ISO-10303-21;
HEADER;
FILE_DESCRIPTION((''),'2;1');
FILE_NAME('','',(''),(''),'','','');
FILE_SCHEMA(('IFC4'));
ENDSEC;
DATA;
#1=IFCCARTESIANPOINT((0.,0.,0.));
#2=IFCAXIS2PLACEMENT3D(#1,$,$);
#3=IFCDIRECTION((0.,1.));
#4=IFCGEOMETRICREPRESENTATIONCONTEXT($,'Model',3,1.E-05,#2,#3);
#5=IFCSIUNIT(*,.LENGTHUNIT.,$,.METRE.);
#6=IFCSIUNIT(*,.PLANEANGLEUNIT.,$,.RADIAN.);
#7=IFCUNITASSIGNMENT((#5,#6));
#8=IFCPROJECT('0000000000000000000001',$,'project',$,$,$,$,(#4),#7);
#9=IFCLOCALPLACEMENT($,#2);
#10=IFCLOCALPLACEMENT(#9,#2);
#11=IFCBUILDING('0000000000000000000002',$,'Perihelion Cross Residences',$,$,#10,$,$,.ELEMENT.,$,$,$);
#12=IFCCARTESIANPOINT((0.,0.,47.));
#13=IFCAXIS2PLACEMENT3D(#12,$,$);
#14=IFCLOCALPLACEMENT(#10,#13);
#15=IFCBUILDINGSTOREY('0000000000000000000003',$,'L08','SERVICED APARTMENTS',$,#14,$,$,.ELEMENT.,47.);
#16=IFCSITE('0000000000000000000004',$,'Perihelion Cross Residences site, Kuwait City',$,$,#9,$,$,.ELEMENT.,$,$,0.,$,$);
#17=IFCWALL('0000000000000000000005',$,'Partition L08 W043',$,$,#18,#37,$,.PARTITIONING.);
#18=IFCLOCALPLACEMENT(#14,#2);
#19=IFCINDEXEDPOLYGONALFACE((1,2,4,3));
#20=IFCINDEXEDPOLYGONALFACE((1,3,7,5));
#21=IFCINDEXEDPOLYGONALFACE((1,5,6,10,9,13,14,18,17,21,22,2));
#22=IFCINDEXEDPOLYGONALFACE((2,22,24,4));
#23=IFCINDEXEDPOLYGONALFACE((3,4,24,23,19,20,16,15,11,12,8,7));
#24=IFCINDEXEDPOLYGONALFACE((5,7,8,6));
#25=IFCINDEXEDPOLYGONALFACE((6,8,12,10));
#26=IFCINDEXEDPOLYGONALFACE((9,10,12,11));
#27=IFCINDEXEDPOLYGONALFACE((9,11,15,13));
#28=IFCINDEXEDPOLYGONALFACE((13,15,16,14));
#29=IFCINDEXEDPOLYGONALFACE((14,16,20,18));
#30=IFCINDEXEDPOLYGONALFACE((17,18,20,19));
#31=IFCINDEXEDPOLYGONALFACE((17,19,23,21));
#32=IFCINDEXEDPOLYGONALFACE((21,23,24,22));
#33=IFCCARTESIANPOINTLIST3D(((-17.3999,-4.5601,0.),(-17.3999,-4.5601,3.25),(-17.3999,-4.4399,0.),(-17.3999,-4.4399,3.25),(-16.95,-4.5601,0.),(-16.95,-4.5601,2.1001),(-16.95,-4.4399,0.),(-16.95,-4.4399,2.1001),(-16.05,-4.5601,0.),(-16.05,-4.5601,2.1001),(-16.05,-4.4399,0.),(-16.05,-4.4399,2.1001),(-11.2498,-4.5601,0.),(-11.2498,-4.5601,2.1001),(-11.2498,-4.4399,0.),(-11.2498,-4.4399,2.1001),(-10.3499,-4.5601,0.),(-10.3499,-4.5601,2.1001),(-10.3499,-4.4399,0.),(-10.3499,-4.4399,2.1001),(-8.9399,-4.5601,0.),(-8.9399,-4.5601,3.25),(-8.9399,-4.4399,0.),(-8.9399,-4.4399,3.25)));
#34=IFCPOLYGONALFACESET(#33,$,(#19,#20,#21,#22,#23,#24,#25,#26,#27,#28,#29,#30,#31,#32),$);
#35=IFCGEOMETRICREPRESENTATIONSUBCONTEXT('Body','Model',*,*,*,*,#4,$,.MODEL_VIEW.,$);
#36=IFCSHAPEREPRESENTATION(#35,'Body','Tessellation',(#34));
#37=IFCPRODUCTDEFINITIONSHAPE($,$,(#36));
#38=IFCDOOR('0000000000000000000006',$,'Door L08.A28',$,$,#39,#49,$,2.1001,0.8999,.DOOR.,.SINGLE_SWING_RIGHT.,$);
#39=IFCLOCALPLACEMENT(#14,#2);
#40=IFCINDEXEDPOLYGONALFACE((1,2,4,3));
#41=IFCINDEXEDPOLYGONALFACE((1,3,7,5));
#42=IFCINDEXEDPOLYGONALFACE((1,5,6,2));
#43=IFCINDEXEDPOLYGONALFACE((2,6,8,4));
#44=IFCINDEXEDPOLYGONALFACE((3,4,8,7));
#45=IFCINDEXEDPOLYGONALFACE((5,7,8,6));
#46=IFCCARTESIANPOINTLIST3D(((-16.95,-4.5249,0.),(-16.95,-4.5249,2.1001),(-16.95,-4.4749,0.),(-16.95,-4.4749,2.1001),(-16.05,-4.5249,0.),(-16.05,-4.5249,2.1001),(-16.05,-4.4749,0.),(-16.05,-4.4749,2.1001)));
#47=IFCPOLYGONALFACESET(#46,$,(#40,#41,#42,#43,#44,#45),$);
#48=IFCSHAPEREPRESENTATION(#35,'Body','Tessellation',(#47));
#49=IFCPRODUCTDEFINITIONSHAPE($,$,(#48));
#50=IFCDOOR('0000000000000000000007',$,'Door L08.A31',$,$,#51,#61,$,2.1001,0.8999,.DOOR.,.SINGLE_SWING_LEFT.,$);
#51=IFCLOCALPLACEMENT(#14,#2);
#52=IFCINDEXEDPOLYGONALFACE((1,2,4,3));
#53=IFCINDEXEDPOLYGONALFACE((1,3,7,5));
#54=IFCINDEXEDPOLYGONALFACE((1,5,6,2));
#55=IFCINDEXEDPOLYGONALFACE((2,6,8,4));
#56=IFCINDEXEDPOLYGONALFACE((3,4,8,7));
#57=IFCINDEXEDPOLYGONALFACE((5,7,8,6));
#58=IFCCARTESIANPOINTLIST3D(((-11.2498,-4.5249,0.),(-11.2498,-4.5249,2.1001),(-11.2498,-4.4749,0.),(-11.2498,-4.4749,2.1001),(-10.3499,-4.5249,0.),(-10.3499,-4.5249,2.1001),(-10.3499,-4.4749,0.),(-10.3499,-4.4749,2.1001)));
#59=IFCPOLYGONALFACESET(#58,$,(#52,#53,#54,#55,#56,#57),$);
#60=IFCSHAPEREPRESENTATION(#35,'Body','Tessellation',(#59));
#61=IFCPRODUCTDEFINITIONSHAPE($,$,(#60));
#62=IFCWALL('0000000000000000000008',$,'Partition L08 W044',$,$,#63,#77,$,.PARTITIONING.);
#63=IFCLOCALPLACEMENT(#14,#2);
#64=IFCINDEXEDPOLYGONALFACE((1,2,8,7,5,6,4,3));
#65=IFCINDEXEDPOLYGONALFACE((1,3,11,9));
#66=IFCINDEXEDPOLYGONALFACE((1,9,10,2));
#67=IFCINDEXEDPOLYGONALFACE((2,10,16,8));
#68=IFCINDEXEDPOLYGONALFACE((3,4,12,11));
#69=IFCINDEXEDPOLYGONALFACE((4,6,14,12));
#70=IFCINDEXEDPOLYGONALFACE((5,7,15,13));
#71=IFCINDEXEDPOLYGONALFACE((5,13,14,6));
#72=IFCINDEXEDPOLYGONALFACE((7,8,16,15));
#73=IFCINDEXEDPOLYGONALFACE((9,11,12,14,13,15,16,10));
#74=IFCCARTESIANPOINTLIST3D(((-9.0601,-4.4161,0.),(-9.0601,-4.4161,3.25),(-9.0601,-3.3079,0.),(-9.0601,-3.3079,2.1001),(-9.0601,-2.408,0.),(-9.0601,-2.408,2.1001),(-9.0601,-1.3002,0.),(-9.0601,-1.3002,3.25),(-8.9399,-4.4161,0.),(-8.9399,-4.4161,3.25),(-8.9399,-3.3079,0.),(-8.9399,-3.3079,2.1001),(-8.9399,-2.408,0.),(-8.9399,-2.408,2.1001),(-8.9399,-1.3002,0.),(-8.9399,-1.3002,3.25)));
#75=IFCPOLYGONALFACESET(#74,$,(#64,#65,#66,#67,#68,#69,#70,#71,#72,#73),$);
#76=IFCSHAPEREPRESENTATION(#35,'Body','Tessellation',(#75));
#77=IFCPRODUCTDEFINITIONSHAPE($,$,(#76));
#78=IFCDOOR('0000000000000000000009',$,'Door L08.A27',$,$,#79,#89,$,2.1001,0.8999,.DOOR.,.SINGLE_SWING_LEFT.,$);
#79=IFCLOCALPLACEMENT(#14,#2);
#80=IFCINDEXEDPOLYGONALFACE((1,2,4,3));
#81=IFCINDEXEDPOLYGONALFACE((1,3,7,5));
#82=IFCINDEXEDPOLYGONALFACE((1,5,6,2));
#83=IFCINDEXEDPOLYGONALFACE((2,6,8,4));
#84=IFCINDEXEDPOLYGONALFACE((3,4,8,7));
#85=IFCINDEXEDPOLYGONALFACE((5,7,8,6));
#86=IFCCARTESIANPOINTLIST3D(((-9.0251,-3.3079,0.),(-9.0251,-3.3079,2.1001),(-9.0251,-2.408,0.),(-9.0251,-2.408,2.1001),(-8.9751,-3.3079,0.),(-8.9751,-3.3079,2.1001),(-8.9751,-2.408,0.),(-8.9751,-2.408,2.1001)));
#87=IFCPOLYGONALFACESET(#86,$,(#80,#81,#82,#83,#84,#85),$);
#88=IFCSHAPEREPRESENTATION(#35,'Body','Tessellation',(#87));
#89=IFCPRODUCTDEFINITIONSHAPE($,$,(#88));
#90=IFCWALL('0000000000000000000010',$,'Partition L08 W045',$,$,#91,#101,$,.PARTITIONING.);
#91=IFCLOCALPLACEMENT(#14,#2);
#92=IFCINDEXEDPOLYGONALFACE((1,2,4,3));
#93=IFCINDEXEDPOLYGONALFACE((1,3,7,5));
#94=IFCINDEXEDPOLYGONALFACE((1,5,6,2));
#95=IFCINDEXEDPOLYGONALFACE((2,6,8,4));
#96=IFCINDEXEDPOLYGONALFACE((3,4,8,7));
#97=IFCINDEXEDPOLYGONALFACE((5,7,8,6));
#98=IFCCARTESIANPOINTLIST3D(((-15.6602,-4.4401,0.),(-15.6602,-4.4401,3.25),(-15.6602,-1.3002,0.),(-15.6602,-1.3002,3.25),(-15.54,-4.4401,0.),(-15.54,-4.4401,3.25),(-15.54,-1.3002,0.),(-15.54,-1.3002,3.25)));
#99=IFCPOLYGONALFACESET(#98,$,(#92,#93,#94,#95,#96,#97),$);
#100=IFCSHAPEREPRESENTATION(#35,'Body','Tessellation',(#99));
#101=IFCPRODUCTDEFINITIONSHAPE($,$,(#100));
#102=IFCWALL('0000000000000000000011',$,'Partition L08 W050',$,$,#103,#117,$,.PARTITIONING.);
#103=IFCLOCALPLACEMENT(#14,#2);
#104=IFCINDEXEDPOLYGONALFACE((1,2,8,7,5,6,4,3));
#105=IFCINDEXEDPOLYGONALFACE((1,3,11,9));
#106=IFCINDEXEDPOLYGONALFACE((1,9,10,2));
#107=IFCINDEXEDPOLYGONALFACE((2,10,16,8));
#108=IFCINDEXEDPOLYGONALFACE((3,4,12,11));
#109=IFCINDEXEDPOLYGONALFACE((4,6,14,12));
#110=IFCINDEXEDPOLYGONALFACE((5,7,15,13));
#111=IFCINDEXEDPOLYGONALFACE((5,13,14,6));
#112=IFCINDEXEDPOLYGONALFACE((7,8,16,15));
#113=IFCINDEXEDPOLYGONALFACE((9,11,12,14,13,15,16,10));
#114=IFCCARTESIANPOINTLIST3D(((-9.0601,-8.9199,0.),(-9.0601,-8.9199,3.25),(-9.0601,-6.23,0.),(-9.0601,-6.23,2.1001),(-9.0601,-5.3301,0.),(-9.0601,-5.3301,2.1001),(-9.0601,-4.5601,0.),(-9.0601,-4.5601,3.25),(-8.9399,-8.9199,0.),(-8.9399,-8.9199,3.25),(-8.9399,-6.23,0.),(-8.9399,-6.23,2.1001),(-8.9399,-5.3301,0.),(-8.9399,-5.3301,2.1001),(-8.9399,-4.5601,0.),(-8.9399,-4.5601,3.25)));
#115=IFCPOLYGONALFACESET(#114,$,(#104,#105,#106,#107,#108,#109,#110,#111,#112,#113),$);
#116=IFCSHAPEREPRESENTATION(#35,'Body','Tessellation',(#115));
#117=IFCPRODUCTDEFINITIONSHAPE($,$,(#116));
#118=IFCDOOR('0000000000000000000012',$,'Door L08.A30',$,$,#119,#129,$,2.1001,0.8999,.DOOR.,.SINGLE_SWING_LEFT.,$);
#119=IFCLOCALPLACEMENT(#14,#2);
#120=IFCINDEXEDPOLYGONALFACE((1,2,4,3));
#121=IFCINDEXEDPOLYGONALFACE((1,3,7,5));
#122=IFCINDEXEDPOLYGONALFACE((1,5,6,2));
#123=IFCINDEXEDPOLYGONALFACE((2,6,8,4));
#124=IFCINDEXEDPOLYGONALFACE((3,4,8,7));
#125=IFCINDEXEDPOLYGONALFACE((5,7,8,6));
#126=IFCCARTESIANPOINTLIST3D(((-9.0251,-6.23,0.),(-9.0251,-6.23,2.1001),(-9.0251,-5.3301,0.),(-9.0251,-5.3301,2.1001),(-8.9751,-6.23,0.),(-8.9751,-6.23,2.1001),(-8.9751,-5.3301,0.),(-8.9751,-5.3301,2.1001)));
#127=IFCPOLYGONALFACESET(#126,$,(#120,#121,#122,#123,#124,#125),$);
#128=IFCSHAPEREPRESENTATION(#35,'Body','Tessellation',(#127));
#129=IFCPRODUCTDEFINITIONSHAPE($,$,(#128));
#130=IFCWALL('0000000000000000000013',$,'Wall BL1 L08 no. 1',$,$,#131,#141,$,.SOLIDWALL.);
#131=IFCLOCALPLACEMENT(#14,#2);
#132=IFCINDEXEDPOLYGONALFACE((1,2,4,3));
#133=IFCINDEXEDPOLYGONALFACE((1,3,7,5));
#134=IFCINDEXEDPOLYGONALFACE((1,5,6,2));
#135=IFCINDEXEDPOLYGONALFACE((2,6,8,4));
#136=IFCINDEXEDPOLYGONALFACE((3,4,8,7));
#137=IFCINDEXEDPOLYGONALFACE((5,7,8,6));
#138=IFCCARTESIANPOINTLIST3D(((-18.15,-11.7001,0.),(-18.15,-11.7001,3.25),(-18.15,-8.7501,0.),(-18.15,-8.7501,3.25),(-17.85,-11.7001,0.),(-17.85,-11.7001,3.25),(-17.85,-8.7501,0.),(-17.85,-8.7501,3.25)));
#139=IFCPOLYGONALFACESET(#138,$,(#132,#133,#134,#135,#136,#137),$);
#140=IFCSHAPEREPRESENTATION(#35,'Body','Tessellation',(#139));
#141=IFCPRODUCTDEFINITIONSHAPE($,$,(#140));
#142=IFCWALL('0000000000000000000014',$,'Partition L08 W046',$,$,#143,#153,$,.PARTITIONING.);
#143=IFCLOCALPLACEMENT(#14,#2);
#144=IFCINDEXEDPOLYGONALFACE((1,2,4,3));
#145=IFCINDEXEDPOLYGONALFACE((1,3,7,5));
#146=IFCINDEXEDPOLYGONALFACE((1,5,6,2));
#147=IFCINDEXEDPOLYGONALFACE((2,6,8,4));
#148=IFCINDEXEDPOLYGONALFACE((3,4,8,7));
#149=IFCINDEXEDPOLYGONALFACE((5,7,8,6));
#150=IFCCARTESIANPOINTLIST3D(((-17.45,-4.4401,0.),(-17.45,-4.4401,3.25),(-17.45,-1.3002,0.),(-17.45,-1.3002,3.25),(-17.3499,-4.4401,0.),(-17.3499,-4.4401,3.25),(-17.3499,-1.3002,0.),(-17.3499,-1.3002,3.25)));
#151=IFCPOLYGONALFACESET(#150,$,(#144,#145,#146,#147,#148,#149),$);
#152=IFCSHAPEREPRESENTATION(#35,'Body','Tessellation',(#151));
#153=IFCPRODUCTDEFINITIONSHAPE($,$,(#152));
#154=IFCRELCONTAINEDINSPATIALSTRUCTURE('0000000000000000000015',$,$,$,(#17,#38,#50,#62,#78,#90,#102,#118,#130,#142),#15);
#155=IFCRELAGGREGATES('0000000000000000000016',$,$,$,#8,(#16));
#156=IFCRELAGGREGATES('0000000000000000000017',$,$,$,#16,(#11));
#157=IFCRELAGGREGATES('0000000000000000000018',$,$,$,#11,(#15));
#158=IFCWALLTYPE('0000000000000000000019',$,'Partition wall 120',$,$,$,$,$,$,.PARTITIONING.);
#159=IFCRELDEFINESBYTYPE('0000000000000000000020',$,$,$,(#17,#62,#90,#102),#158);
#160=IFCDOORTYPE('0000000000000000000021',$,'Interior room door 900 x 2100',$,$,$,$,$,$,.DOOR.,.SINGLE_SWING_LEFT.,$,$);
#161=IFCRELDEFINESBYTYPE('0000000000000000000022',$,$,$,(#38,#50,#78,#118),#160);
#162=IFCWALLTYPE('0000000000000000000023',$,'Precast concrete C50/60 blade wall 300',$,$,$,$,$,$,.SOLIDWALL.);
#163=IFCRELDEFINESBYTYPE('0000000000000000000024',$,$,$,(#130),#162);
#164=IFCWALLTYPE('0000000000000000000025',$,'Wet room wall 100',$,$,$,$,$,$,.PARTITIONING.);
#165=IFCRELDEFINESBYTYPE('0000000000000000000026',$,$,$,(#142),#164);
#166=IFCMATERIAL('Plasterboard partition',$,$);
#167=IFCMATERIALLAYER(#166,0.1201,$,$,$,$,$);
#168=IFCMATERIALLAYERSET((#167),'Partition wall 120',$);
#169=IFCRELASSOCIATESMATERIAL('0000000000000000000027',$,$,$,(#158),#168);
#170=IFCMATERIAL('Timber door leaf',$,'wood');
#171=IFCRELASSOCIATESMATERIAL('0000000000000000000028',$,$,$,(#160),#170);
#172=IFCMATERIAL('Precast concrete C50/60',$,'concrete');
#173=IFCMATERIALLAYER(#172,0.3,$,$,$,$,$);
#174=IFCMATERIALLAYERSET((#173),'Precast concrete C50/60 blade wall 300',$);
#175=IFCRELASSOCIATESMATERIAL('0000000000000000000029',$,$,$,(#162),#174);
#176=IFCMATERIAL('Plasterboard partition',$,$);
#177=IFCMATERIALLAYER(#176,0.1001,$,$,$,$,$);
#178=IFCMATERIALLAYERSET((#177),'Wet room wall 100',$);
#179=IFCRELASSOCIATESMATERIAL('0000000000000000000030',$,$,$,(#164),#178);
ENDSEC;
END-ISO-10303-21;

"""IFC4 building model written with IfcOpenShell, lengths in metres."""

from ifc_helpers import new_model, si_unit, direction, frame, frame_2d, origin, place, context, subcontext, project, spatial, rectangle, extrude, material, layer, layer_set, type_object, element, fill, save


model = new_model("IFC4")

# Units and contexts
model_context = context("Model", 3, precision=1e-05, world=origin(), true_north=direction((0.0, 1.0)))
body_context = subcontext(model_context, "Body", "Model", "MODEL_VIEW")
ifc_project = project(units=[si_unit("LENGTHUNIT", "METRE"), si_unit("PLANEANGLEUNIT", "RADIAN")], contexts=[model_context])

# Site, building, storey
site_placement = place(None, origin())
site = spatial("IfcSite", under=ifc_project, at=site_placement, Name="Perihelion Cross Residences site, Kuwait City", CompositionType="ELEMENT", RefElevation=0.0)
building_placement = place(site_placement, origin())
building = spatial("IfcBuilding", under=site, at=building_placement, Name="Perihelion Cross Residences", CompositionType="ELEMENT")
storey_placement = place(building_placement, frame((0.0, 0.0, 47.0)))
storey = spatial("IfcBuildingStorey", under=building, at=storey_placement, Name="L08", Description="SERVICED APARTMENTS", CompositionType="ELEMENT", Elevation=47.0)

# Shared definitions
ifc_material_1 = material(Name="Plasterboard partition")
ifc_layer_1 = layer(ifc_material_1, 0.1201)
ifc_layer_set_1 = layer_set([ifc_layer_1], Name="Partition wall 120")
wall_type_1 = type_object("IfcWallType", Name="Partition wall 120", PredefinedType="PARTITIONING", material=ifc_layer_set_1)
ifc_material_2 = material(Name="Timber door leaf", Category="wood")
door_type_1 = type_object("IfcDoorType", Name="Interior room door 900 x 2100", OperationType="SINGLE_SWING_LEFT", PredefinedType="DOOR", material=ifc_material_2)

# Wall, openings, doors
wall_1_placement = place(storey_placement, frame((-8.9399, -4.5, 0.0), z_axis=(0.0, 0.0, 1.0), x_axis=(-1.0, 0.0, 0.0)))
wall_1 = element("IfcWall", 1, at=wall_1_placement, inside=storey, type_object=wall_type_1, Name="Partition L08 W043", PredefinedType="PARTITIONING", context=body_context, shape_type="SweptSolid", body=[
    extrude(rectangle(XDim=8.46, YDim=0.1201, at=frame_2d((4.23, 0.0))), origin(), (0.0, 0.0, 1.0), 3.25),
])
opening_1_placement = place(wall_1_placement, frame((7.1101, 0.0, 0.0)))
opening_1 = element("IfcOpeningElement", 2, at=opening_1_placement, cuts=wall_1, PredefinedType="OPENING", context=body_context, shape_type="SweptSolid", body=[
    extrude(rectangle(XDim=0.8999, YDim=2.1001, at=frame_2d((0.45, 1.05))), frame((0.0, 0.0701, 0.0), z_axis=(0.0, -1.0, 0.0), x_axis=(1.0, 0.0, 0.0)), (0.0, 0.0, 1.0), 0.1401),
])
opening_2_placement = place(wall_1_placement, frame((1.4099, 0.0, 0.0)))
opening_2 = element("IfcOpeningElement", 3, at=opening_2_placement, cuts=wall_1, PredefinedType="OPENING", context=body_context, shape_type="SweptSolid", body=[
    extrude(rectangle(XDim=0.8999, YDim=2.1001, at=frame_2d((0.45, 1.05))), frame((0.0, 0.0701, 0.0), z_axis=(0.0, -1.0, 0.0), x_axis=(1.0, 0.0, 0.0)), (0.0, 0.0, 1.0), 0.1401),
])
door_1_placement = place(opening_1_placement, origin())
door_1 = element("IfcDoor", 4, at=door_1_placement, inside=storey, type_object=door_type_1, Name="Door L08.A28", OperationType="SINGLE_SWING_RIGHT", OverallHeight=2.1001, OverallWidth=0.8999, PredefinedType="DOOR", context=body_context, shape_type="SweptSolid", body=[
    extrude(rectangle(XDim=0.8999, YDim=2.1001, at=frame_2d((0.45, 1.05))), frame((0.0, 0.0249, 0.0), z_axis=(0.0, -1.0, 0.0), x_axis=(1.0, 0.0, 0.0)), (0.0, 0.0, 1.0), 0.05),
])
fill(opening_1, door_1)
door_2_placement = place(opening_2_placement, origin())
door_2 = element("IfcDoor", 5, at=door_2_placement, inside=storey, type_object=door_type_1, Name="Door L08.A31", OperationType="SINGLE_SWING_LEFT", OverallHeight=2.1001, OverallWidth=0.8999, PredefinedType="DOOR", context=body_context, shape_type="SweptSolid", body=[
    extrude(rectangle(XDim=0.8999, YDim=2.1001, at=frame_2d((0.45, 1.05))), frame((0.0, 0.0249, 0.0), z_axis=(0.0, -1.0, 0.0), x_axis=(1.0, 0.0, 0.0)), (0.0, 0.0, 1.0), 0.05),
])
fill(opening_2, door_2)

# Wall, opening, door
wall_2_placement = place(storey_placement, frame((-9.0, -1.3, 0.0), z_axis=(0.0, 0.0, 1.0), x_axis=(0.0, -1.0, 0.0)))
wall_2 = element("IfcWall", 6, at=wall_2_placement, inside=storey, type_object=wall_type_1, Name="Partition L08 W044", PredefinedType="PARTITIONING", context=body_context, shape_type="SweptSolid", body=[
    extrude(rectangle(XDim=3.116, YDim=0.1201, at=frame_2d((1.5581, 0.0))), origin(), (0.0, 0.0, 1.0), 3.25),
])
opening_3_placement = place(wall_2_placement, frame((1.1079, 0.0, 0.0)))
opening_3 = element("IfcOpeningElement", 7, at=opening_3_placement, cuts=wall_2, PredefinedType="OPENING", context=body_context, shape_type="SweptSolid", body=[
    extrude(rectangle(XDim=0.8999, YDim=2.1001, at=frame_2d((0.45, 1.05))), frame((0.0, 0.0701, 0.0), z_axis=(0.0, -1.0, 0.0), x_axis=(1.0, 0.0, 0.0)), (0.0, 0.0, 1.0), 0.1401),
])
door_3_placement = place(opening_3_placement, origin())
door_3 = element("IfcDoor", 8, at=door_3_placement, inside=storey, type_object=door_type_1, Name="Door L08.A27", OperationType="SINGLE_SWING_LEFT", OverallHeight=2.1001, OverallWidth=0.8999, PredefinedType="DOOR", context=body_context, shape_type="SweptSolid", body=[
    extrude(rectangle(XDim=0.8999, YDim=2.1001, at=frame_2d((0.45, 1.05))), frame((0.0, 0.0249, 0.0), z_axis=(0.0, -1.0, 0.0), x_axis=(1.0, 0.0, 0.0)), (0.0, 0.0, 1.0), 0.05),
])
fill(opening_3, door_3)

# Wall
wall_3_placement = place(storey_placement, frame((-15.6001, -4.4399, 0.0), z_axis=(0.0, 0.0, 1.0), x_axis=(0.0, 1.0, 0.0)))
element("IfcWall", 9, at=wall_3_placement, inside=storey, type_object=wall_type_1, Name="Partition L08 W045", PredefinedType="PARTITIONING", context=body_context, shape_type="SweptSolid", body=[
    extrude(rectangle(XDim=3.1399, YDim=0.1201, at=frame_2d((1.5698, 0.0))), origin(), (0.0, 0.0, 1.0), 3.25),
])

# Wall, opening, door
wall_4_placement = place(storey_placement, frame((-9.0, -4.5601, 0.0), z_axis=(0.0, 0.0, 1.0), x_axis=(0.0, -1.0, 0.0)))
wall_4 = element("IfcWall", 10, at=wall_4_placement, inside=storey, type_object=wall_type_1, Name="Partition L08 W050", PredefinedType="PARTITIONING", context=body_context, shape_type="SweptSolid", body=[
    extrude(rectangle(XDim=4.3599, YDim=0.1201, at=frame_2d((2.1799, 0.0))), origin(), (0.0, 0.0, 1.0), 3.25),
])
opening_4_placement = place(wall_4_placement, frame((0.77, 0.0, 0.0)))
opening_4 = element("IfcOpeningElement", 11, at=opening_4_placement, cuts=wall_4, PredefinedType="OPENING", context=body_context, shape_type="SweptSolid", body=[
    extrude(rectangle(XDim=0.8999, YDim=2.1001, at=frame_2d((0.45, 1.05))), frame((0.0, 0.0701, 0.0), z_axis=(0.0, -1.0, 0.0), x_axis=(1.0, 0.0, 0.0)), (0.0, 0.0, 1.0), 0.1401),
])
door_4_placement = place(opening_4_placement, origin())
door_4 = element("IfcDoor", 12, at=door_4_placement, inside=storey, type_object=door_type_1, Name="Door L08.A30", OperationType="SINGLE_SWING_LEFT", OverallHeight=2.1001, OverallWidth=0.8999, PredefinedType="DOOR", context=body_context, shape_type="SweptSolid", body=[
    extrude(rectangle(XDim=0.8999, YDim=2.1001, at=frame_2d((0.45, 1.05))), frame((0.0, 0.0249, 0.0), z_axis=(0.0, -1.0, 0.0), x_axis=(1.0, 0.0, 0.0)), (0.0, 0.0, 1.0), 0.05),
])
fill(opening_4, door_4)

# Walls
ifc_material_3 = material(Name="Precast concrete C50/60", Category="concrete")
ifc_layer_2 = layer(ifc_material_3, 0.3)
ifc_layer_set_2 = layer_set([ifc_layer_2], Name="Precast concrete C50/60 blade wall 300")
wall_type_2 = type_object("IfcWallType", Name="Precast concrete C50/60 blade wall 300", PredefinedType="SOLIDWALL", material=ifc_layer_set_2)
wall_5_placement = place(storey_placement, frame((-18.0, -8.75, 0.0), z_axis=(0.0, 0.0, 1.0), x_axis=(0.0, -1.0, 0.0)))
element("IfcWall", 13, at=wall_5_placement, inside=storey, type_object=wall_type_2, Name="Wall BL1 L08 no. 1", PredefinedType="SOLIDWALL", context=body_context, shape_type="SweptSolid", body=[
    extrude(rectangle(XDim=2.95, YDim=0.3, at=frame_2d((1.4751, 0.0))), origin(), (0.0, 0.0, 1.0), 3.25),
])
ifc_material_4 = material(Name="Plasterboard partition")
ifc_layer_3 = layer(ifc_material_4, 0.1001)
ifc_layer_set_3 = layer_set([ifc_layer_3], Name="Wet room wall 100")
wall_type_3 = type_object("IfcWallType", Name="Wet room wall 100", PredefinedType="PARTITIONING", material=ifc_layer_set_3)
wall_6_placement = place(storey_placement, frame((-17.3999, -4.4399, 0.0), z_axis=(0.0, 0.0, 1.0), x_axis=(0.0, 1.0, 0.0)))
element("IfcWall", 14, at=wall_6_placement, inside=storey, type_object=wall_type_3, Name="Partition L08 W046", PredefinedType="PARTITIONING", context=body_context, shape_type="SweptSolid", body=[
    extrude(rectangle(XDim=3.1399, YDim=0.1001, at=frame_2d((1.5698, 0.0))), origin(), (0.0, 0.0, 1.0), 3.25),
])

save(model, "model.ifc")
